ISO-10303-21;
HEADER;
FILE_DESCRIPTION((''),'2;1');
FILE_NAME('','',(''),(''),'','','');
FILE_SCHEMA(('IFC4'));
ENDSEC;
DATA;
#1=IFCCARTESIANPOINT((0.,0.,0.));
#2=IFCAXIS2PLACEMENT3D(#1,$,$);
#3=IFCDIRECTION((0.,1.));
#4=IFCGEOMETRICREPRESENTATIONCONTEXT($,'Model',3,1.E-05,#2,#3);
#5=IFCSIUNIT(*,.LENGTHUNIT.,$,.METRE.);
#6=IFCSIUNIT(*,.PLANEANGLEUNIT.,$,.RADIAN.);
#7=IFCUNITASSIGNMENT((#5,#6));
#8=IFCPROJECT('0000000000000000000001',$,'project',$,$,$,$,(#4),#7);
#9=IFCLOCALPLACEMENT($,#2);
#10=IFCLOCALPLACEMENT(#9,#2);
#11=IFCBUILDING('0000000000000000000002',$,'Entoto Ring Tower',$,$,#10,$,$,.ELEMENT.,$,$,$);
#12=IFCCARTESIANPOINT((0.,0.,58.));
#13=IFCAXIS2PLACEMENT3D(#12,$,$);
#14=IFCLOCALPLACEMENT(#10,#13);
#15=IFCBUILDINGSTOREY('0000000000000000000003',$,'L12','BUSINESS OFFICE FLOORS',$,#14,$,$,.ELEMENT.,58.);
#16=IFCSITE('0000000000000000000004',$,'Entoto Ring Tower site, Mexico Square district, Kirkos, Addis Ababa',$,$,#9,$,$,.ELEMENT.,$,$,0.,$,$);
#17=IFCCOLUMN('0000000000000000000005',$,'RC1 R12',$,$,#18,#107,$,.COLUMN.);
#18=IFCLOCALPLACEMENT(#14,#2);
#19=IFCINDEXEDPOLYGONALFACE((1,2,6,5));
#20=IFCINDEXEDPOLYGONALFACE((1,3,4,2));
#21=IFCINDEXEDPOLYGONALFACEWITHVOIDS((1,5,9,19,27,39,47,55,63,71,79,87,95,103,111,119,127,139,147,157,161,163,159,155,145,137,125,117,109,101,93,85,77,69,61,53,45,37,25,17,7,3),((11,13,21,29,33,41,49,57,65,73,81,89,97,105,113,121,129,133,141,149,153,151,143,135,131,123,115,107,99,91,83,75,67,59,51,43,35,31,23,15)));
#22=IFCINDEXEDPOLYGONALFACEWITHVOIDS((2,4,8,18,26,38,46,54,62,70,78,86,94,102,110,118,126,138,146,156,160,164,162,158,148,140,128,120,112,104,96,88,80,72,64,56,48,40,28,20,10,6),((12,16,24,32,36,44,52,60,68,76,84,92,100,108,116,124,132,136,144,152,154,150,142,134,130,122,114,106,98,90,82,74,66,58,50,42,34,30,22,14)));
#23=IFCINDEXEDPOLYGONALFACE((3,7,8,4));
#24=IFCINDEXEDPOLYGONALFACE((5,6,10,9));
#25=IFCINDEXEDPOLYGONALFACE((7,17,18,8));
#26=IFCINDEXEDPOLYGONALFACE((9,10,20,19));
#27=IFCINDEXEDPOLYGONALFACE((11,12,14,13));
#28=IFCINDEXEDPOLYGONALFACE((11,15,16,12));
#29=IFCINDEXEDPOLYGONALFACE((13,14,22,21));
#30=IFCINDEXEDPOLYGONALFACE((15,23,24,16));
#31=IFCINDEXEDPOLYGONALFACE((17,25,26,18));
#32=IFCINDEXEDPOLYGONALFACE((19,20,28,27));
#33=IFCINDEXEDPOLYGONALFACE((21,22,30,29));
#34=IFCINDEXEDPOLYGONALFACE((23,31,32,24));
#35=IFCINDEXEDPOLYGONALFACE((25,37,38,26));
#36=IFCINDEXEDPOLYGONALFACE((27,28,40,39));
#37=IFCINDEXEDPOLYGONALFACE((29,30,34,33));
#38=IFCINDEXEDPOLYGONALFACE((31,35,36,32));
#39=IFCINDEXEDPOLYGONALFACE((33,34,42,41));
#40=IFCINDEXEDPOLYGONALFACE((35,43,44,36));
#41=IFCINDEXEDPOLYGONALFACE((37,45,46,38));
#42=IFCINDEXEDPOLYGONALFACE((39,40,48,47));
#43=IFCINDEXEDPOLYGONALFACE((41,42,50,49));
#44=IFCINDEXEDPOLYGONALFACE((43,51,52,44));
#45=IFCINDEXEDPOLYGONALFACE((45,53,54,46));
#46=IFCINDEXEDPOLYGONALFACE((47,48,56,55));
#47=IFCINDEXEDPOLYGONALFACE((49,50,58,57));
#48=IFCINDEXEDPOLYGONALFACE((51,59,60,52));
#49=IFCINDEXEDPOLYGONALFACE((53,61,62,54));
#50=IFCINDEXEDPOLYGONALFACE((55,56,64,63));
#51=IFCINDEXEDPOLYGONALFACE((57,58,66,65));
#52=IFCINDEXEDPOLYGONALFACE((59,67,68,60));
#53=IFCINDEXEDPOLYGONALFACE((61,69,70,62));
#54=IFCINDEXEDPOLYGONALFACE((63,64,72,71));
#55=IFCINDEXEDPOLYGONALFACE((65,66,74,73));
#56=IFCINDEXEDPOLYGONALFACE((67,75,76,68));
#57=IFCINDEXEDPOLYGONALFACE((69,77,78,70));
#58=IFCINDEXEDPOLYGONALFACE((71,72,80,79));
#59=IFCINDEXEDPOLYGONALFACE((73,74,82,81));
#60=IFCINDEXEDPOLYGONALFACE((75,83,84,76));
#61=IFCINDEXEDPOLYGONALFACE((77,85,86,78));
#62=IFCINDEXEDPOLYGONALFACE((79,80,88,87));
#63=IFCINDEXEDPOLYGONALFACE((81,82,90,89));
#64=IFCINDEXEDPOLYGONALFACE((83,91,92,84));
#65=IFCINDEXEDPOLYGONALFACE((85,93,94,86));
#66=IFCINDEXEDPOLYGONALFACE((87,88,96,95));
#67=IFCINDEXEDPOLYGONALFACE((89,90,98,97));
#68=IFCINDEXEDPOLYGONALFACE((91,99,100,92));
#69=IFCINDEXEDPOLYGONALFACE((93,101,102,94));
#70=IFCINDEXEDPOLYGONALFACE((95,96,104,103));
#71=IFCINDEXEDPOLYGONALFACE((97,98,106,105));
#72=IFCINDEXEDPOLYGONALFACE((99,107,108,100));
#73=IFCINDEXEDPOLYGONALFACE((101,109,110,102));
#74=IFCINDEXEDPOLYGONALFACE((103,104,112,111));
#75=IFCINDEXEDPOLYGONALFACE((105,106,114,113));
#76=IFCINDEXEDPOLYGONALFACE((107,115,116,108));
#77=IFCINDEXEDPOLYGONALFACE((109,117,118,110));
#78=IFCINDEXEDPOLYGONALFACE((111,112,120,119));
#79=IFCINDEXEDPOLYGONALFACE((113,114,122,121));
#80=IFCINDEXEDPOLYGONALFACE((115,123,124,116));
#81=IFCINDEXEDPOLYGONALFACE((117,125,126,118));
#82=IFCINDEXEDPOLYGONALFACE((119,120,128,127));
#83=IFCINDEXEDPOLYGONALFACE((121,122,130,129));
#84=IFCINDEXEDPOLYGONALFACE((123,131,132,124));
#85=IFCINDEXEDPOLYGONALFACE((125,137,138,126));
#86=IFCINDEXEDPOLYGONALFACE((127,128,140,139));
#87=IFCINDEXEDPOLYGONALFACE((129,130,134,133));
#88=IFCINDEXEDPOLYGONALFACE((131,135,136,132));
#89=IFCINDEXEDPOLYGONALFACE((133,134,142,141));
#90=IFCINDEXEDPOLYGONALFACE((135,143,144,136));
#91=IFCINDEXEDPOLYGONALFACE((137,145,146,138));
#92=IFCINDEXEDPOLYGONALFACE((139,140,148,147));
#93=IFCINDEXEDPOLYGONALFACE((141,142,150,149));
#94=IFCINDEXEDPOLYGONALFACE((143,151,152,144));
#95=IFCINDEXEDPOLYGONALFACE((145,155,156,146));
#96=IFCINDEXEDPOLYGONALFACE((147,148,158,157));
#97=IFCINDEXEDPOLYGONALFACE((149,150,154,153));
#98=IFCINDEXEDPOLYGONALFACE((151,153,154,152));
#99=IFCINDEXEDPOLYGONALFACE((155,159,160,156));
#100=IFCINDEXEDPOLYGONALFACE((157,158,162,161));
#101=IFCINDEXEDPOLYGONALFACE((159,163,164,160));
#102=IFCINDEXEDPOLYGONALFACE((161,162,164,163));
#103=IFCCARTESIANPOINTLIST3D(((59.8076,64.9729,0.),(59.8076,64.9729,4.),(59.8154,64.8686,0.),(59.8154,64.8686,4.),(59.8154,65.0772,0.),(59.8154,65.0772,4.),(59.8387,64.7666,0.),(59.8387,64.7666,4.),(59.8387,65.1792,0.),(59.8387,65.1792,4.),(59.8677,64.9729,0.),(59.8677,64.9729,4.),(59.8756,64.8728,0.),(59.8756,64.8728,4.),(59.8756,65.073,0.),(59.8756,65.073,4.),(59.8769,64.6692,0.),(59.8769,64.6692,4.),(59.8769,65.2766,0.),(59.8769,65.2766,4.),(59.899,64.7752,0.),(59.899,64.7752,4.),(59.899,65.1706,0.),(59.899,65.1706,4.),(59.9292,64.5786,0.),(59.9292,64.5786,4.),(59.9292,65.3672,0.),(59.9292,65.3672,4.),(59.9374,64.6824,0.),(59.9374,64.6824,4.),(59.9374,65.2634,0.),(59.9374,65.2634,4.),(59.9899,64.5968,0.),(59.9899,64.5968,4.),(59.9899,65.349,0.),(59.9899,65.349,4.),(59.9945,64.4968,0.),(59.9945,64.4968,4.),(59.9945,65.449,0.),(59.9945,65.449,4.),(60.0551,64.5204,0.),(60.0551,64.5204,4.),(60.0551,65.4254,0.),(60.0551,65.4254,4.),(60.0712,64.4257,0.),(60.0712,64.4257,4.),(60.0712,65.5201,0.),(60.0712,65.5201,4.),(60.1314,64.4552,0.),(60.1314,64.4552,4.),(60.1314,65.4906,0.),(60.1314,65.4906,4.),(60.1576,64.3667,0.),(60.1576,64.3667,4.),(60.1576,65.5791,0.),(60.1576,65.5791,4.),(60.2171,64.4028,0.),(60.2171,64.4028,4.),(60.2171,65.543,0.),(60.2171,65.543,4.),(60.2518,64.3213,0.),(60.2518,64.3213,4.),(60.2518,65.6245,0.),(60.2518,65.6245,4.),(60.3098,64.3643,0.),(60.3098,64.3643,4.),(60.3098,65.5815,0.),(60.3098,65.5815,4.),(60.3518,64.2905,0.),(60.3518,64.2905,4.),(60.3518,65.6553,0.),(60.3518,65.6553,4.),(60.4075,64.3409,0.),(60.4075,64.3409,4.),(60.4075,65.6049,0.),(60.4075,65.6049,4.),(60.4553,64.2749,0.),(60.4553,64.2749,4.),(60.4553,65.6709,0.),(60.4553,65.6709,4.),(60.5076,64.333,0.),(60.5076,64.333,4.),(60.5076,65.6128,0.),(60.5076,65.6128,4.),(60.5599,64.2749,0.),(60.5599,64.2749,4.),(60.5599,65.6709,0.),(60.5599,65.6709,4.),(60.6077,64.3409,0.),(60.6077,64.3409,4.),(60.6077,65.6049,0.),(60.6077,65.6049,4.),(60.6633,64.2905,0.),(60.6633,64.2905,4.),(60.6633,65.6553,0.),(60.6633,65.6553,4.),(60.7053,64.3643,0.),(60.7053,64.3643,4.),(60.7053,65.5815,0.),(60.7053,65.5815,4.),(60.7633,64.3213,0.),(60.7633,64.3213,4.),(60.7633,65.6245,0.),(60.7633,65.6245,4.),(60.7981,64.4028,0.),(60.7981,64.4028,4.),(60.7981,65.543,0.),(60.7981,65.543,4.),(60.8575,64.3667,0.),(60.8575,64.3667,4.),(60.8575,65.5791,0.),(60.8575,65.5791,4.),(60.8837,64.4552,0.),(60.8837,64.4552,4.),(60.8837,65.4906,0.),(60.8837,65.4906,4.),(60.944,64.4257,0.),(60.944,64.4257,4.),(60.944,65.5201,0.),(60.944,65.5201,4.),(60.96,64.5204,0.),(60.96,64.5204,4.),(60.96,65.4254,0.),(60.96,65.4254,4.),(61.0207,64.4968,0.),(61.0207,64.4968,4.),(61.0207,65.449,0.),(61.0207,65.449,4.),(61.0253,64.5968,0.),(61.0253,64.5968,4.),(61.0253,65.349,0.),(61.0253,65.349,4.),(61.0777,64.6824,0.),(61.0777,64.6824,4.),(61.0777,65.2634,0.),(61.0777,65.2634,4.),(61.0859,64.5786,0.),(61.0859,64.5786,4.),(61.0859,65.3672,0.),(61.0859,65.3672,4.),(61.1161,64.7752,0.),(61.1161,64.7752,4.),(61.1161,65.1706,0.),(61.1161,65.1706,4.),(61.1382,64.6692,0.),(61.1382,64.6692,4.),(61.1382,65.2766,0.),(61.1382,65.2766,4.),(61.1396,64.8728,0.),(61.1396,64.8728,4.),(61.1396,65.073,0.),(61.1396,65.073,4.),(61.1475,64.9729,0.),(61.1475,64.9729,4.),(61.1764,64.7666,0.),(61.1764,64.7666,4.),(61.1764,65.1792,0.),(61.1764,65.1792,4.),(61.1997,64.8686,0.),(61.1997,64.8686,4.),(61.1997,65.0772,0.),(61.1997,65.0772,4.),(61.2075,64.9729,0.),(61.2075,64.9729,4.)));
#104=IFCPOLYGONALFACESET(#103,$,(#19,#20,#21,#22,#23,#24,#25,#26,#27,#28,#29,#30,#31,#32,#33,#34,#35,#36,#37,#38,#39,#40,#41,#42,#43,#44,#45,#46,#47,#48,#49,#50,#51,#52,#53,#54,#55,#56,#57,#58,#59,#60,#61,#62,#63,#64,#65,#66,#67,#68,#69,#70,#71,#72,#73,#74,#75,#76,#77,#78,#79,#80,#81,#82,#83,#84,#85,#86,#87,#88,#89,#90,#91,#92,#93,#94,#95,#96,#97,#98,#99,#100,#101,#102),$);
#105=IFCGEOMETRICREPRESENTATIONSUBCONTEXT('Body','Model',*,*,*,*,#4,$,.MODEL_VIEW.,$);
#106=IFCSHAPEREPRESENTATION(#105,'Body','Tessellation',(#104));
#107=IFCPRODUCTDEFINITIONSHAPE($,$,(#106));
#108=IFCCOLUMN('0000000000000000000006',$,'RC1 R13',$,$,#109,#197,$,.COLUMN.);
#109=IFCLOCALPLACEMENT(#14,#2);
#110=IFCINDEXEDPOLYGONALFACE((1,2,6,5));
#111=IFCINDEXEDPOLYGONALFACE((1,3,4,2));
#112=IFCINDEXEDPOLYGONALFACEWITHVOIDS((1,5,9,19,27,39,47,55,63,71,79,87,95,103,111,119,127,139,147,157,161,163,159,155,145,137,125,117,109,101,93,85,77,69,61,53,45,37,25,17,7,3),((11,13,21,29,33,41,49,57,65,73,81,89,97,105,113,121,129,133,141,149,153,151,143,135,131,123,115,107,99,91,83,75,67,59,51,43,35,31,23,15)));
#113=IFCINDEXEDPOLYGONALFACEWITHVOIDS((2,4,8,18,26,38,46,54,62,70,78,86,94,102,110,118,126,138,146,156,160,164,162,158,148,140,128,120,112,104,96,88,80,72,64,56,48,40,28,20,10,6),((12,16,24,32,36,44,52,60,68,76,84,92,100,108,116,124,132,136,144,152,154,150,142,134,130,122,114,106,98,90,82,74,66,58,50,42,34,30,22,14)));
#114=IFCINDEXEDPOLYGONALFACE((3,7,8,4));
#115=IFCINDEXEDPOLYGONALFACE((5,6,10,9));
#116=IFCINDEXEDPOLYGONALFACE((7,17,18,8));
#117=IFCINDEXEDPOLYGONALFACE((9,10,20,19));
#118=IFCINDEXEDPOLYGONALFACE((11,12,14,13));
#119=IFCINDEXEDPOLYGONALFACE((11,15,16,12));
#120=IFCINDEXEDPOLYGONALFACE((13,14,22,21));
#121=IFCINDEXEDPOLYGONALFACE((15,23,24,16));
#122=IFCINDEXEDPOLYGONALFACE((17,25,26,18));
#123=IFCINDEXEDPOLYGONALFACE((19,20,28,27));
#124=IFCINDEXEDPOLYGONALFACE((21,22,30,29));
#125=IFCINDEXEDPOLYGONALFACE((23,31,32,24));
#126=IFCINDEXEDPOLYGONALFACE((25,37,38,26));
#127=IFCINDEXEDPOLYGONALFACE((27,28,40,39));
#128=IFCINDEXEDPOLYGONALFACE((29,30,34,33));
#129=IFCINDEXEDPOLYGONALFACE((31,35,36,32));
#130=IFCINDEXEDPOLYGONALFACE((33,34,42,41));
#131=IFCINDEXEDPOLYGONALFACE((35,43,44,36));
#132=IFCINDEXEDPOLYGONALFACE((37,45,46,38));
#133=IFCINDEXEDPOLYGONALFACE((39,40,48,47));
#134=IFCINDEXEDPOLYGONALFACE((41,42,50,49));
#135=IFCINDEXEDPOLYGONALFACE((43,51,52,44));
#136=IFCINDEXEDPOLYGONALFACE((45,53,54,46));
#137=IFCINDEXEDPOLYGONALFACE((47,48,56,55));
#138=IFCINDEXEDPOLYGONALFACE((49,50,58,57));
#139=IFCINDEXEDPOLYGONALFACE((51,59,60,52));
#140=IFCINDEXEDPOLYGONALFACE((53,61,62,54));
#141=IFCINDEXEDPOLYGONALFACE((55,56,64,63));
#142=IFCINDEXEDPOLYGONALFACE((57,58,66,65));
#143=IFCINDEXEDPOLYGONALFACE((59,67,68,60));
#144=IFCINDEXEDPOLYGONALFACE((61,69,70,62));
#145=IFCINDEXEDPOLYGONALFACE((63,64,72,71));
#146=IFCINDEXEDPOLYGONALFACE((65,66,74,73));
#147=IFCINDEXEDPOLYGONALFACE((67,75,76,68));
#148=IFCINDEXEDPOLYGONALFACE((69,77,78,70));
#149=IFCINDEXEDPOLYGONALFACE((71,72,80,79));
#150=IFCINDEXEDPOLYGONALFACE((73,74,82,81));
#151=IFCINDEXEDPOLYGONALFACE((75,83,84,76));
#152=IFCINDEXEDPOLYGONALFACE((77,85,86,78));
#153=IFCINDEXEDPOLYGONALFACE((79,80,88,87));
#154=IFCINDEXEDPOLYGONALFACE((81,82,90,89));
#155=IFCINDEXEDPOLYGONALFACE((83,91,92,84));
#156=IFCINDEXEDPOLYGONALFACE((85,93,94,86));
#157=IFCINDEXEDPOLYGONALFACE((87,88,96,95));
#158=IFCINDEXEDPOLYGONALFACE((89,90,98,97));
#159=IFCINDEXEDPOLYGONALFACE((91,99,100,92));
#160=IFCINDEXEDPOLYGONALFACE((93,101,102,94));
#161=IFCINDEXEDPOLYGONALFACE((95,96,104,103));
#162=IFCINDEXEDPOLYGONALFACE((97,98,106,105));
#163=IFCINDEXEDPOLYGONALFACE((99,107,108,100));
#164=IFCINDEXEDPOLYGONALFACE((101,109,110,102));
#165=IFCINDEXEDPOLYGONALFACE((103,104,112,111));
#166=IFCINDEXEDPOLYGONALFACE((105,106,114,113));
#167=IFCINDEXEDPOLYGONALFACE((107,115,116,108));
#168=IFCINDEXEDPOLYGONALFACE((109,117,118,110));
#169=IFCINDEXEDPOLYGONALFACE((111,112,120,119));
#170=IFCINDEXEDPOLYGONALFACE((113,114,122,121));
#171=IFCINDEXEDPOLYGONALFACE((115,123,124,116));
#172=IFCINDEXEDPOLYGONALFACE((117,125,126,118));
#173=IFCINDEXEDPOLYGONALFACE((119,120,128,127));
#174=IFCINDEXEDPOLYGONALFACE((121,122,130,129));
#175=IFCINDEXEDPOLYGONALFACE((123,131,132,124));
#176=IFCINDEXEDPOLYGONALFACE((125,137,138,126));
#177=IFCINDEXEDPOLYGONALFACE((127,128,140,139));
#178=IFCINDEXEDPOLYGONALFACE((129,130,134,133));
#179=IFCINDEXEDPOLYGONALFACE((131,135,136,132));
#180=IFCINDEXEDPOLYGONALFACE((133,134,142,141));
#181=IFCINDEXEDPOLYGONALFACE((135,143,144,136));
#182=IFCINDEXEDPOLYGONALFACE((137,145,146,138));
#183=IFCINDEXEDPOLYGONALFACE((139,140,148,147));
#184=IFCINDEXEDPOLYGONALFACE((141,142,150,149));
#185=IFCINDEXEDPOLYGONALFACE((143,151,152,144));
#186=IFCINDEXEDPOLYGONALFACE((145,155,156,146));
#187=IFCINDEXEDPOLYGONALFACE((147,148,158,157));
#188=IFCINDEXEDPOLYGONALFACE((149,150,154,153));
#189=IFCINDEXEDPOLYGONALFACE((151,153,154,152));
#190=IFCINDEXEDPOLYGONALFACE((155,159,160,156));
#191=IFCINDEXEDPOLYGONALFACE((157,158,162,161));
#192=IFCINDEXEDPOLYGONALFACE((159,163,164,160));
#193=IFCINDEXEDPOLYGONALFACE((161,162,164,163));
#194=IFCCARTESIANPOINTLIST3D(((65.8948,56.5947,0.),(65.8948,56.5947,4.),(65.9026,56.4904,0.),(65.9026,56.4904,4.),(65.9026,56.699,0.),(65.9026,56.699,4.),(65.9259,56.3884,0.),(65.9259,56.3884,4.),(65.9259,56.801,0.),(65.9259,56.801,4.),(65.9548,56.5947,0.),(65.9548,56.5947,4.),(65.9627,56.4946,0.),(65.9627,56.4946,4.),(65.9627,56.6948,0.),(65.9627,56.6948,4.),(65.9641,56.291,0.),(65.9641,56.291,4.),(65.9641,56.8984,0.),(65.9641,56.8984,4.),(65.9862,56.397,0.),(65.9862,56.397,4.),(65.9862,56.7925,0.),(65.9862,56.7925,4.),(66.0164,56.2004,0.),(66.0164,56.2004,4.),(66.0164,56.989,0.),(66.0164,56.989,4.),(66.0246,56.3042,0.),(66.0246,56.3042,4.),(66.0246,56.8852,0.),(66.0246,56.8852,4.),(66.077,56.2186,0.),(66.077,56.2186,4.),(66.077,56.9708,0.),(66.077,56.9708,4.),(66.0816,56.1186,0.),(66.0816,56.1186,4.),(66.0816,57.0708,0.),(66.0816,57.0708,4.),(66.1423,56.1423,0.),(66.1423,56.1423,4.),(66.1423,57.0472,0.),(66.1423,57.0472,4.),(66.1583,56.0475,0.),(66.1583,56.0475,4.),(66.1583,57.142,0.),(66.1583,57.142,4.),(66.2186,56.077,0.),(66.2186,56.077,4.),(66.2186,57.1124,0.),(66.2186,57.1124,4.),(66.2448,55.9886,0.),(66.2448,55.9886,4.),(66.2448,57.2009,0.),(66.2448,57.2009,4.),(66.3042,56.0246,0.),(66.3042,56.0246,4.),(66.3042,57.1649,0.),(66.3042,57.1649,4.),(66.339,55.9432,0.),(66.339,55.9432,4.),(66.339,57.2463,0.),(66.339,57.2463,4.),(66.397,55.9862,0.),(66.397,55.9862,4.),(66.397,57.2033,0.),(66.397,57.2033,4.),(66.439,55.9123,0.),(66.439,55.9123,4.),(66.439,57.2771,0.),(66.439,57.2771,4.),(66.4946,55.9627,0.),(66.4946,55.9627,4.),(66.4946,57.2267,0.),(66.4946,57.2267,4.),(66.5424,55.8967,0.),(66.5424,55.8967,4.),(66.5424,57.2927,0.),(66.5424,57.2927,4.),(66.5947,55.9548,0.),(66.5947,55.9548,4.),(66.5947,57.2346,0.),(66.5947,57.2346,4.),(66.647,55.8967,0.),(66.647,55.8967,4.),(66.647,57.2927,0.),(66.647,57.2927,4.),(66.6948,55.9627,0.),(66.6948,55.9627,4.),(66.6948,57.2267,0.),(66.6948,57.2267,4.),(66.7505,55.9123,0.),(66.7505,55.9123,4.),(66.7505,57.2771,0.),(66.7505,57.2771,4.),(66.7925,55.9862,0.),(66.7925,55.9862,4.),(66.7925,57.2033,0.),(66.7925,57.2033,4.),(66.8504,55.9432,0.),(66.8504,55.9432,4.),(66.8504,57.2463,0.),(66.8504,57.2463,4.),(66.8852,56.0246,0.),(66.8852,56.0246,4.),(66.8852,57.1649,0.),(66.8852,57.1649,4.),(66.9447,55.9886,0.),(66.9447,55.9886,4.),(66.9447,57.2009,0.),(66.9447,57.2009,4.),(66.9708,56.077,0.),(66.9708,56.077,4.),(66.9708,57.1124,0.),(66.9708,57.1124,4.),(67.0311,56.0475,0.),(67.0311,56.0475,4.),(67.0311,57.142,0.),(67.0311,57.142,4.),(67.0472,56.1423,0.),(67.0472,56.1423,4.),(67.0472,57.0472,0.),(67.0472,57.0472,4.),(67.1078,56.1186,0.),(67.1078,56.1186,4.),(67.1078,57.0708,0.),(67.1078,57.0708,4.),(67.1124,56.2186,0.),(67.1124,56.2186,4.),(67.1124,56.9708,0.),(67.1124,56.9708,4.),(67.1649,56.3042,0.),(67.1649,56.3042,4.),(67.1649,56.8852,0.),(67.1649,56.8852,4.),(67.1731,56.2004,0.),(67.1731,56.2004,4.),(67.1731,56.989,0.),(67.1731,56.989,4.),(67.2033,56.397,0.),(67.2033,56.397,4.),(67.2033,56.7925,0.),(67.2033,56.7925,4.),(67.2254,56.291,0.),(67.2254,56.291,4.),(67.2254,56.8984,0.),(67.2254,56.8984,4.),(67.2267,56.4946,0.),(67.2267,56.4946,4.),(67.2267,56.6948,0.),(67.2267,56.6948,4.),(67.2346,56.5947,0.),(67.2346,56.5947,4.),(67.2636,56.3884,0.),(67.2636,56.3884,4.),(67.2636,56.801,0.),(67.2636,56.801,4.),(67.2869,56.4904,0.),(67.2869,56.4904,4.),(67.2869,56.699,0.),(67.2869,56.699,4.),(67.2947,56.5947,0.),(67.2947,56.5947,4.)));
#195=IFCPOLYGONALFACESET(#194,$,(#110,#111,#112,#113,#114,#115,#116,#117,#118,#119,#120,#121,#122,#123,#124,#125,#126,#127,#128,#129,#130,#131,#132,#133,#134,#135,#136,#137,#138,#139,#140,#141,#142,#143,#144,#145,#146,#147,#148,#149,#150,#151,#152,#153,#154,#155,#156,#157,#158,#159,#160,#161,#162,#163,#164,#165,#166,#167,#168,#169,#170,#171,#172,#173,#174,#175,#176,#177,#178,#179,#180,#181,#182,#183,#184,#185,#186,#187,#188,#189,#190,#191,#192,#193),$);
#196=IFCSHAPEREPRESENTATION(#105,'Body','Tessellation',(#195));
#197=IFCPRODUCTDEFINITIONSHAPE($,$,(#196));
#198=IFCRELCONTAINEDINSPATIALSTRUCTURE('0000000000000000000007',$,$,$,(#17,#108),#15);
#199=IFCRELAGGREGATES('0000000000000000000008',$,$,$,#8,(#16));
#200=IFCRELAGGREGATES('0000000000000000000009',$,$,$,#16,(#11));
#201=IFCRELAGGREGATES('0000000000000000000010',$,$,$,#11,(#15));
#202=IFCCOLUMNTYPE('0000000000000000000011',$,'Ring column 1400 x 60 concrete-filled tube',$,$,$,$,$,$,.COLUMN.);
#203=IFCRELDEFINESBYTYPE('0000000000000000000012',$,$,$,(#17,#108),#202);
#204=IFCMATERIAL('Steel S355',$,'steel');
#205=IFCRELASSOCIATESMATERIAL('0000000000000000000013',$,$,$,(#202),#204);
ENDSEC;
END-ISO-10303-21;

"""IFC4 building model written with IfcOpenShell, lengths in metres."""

from ifc_helpers import new_model, si_unit, direction, frame, origin, origin_2d, place, context, subcontext, project, spatial, circle, hollow_circle, extrude, material, material_profile, profile_set, type_object, element, save


model = new_model("IFC4")

# Units and contexts
model_context = context("Model", 3, precision=1e-05, world=origin(), true_north=direction((0.0, 1.0)))
body_context = subcontext(model_context, "Body", "Model", "MODEL_VIEW")
ifc_project = project(units=[si_unit("LENGTHUNIT", "METRE"), si_unit("PLANEANGLEUNIT", "RADIAN")], contexts=[model_context])

# Site, building, storey
site_placement = place(None, origin())
site = spatial("IfcSite", under=ifc_project, at=site_placement, Name="Entoto Ring Tower site, Mexico Square district, Kirkos, Addis Ababa", CompositionType="ELEMENT", RefElevation=0.0)
building_placement = place(site_placement, origin())
building = spatial("IfcBuilding", under=site, at=building_placement, Name="Entoto Ring Tower", CompositionType="ELEMENT")
storey_placement = place(building_placement, frame((0.0, 0.0, 58.0)))
storey = spatial("IfcBuildingStorey", under=building, at=storey_placement, Name="L12", Description="BUSINESS OFFICE FLOORS", CompositionType="ELEMENT", Elevation=58.0)

# Columns
ifc_material_1 = material(Name="Steel S355", Category="steel")
ifc_material_profile_1 = material_profile(ifc_material_1, hollow_circle(Radius=0.7, WallThickness=0.0601, at=origin_2d()), Name="CHS 1400 x 60")
ifc_material_2 = material(Name="Concrete C60/75", Category="concrete")
ifc_material_profile_2 = material_profile(ifc_material_2, circle(Radius=0.6399, at=origin_2d()), Name="Concrete C60/75 infill")
ifc_profile_set_1 = profile_set([ifc_material_profile_1, ifc_material_profile_2], Name="Steel S355")
column_type = type_object("IfcColumnType", Name="Ring column 1400 x 60 concrete-filled tube", PredefinedType="COLUMN", material=ifc_profile_set_1)
for number, where, z_axis, x_axis, name in (
    (1, (60.5076, 64.9729, 0.0), (0.0, 0.0, 1.0), (1.0, 0.0, 0.0), "RC1 R12"),
    (2, (66.5947, 56.5947, 0.0), (0.0, 0.0, 1.0), (1.0, 0.0, 0.0), "RC1 R13"),
):
    element("IfcColumn", number, at=place(storey_placement, frame(where, z_axis=z_axis, x_axis=x_axis)), inside=storey, type_object=column_type, Name=name, PredefinedType="COLUMN", context=body_context, shape_type="SweptSolid", body=[
        extrude(hollow_circle(Radius=0.7, WallThickness=0.0601, at=origin_2d()), origin(), (0.0, 0.0, 1.0), 4.0),
    ])

save(model, "model.ifc")
